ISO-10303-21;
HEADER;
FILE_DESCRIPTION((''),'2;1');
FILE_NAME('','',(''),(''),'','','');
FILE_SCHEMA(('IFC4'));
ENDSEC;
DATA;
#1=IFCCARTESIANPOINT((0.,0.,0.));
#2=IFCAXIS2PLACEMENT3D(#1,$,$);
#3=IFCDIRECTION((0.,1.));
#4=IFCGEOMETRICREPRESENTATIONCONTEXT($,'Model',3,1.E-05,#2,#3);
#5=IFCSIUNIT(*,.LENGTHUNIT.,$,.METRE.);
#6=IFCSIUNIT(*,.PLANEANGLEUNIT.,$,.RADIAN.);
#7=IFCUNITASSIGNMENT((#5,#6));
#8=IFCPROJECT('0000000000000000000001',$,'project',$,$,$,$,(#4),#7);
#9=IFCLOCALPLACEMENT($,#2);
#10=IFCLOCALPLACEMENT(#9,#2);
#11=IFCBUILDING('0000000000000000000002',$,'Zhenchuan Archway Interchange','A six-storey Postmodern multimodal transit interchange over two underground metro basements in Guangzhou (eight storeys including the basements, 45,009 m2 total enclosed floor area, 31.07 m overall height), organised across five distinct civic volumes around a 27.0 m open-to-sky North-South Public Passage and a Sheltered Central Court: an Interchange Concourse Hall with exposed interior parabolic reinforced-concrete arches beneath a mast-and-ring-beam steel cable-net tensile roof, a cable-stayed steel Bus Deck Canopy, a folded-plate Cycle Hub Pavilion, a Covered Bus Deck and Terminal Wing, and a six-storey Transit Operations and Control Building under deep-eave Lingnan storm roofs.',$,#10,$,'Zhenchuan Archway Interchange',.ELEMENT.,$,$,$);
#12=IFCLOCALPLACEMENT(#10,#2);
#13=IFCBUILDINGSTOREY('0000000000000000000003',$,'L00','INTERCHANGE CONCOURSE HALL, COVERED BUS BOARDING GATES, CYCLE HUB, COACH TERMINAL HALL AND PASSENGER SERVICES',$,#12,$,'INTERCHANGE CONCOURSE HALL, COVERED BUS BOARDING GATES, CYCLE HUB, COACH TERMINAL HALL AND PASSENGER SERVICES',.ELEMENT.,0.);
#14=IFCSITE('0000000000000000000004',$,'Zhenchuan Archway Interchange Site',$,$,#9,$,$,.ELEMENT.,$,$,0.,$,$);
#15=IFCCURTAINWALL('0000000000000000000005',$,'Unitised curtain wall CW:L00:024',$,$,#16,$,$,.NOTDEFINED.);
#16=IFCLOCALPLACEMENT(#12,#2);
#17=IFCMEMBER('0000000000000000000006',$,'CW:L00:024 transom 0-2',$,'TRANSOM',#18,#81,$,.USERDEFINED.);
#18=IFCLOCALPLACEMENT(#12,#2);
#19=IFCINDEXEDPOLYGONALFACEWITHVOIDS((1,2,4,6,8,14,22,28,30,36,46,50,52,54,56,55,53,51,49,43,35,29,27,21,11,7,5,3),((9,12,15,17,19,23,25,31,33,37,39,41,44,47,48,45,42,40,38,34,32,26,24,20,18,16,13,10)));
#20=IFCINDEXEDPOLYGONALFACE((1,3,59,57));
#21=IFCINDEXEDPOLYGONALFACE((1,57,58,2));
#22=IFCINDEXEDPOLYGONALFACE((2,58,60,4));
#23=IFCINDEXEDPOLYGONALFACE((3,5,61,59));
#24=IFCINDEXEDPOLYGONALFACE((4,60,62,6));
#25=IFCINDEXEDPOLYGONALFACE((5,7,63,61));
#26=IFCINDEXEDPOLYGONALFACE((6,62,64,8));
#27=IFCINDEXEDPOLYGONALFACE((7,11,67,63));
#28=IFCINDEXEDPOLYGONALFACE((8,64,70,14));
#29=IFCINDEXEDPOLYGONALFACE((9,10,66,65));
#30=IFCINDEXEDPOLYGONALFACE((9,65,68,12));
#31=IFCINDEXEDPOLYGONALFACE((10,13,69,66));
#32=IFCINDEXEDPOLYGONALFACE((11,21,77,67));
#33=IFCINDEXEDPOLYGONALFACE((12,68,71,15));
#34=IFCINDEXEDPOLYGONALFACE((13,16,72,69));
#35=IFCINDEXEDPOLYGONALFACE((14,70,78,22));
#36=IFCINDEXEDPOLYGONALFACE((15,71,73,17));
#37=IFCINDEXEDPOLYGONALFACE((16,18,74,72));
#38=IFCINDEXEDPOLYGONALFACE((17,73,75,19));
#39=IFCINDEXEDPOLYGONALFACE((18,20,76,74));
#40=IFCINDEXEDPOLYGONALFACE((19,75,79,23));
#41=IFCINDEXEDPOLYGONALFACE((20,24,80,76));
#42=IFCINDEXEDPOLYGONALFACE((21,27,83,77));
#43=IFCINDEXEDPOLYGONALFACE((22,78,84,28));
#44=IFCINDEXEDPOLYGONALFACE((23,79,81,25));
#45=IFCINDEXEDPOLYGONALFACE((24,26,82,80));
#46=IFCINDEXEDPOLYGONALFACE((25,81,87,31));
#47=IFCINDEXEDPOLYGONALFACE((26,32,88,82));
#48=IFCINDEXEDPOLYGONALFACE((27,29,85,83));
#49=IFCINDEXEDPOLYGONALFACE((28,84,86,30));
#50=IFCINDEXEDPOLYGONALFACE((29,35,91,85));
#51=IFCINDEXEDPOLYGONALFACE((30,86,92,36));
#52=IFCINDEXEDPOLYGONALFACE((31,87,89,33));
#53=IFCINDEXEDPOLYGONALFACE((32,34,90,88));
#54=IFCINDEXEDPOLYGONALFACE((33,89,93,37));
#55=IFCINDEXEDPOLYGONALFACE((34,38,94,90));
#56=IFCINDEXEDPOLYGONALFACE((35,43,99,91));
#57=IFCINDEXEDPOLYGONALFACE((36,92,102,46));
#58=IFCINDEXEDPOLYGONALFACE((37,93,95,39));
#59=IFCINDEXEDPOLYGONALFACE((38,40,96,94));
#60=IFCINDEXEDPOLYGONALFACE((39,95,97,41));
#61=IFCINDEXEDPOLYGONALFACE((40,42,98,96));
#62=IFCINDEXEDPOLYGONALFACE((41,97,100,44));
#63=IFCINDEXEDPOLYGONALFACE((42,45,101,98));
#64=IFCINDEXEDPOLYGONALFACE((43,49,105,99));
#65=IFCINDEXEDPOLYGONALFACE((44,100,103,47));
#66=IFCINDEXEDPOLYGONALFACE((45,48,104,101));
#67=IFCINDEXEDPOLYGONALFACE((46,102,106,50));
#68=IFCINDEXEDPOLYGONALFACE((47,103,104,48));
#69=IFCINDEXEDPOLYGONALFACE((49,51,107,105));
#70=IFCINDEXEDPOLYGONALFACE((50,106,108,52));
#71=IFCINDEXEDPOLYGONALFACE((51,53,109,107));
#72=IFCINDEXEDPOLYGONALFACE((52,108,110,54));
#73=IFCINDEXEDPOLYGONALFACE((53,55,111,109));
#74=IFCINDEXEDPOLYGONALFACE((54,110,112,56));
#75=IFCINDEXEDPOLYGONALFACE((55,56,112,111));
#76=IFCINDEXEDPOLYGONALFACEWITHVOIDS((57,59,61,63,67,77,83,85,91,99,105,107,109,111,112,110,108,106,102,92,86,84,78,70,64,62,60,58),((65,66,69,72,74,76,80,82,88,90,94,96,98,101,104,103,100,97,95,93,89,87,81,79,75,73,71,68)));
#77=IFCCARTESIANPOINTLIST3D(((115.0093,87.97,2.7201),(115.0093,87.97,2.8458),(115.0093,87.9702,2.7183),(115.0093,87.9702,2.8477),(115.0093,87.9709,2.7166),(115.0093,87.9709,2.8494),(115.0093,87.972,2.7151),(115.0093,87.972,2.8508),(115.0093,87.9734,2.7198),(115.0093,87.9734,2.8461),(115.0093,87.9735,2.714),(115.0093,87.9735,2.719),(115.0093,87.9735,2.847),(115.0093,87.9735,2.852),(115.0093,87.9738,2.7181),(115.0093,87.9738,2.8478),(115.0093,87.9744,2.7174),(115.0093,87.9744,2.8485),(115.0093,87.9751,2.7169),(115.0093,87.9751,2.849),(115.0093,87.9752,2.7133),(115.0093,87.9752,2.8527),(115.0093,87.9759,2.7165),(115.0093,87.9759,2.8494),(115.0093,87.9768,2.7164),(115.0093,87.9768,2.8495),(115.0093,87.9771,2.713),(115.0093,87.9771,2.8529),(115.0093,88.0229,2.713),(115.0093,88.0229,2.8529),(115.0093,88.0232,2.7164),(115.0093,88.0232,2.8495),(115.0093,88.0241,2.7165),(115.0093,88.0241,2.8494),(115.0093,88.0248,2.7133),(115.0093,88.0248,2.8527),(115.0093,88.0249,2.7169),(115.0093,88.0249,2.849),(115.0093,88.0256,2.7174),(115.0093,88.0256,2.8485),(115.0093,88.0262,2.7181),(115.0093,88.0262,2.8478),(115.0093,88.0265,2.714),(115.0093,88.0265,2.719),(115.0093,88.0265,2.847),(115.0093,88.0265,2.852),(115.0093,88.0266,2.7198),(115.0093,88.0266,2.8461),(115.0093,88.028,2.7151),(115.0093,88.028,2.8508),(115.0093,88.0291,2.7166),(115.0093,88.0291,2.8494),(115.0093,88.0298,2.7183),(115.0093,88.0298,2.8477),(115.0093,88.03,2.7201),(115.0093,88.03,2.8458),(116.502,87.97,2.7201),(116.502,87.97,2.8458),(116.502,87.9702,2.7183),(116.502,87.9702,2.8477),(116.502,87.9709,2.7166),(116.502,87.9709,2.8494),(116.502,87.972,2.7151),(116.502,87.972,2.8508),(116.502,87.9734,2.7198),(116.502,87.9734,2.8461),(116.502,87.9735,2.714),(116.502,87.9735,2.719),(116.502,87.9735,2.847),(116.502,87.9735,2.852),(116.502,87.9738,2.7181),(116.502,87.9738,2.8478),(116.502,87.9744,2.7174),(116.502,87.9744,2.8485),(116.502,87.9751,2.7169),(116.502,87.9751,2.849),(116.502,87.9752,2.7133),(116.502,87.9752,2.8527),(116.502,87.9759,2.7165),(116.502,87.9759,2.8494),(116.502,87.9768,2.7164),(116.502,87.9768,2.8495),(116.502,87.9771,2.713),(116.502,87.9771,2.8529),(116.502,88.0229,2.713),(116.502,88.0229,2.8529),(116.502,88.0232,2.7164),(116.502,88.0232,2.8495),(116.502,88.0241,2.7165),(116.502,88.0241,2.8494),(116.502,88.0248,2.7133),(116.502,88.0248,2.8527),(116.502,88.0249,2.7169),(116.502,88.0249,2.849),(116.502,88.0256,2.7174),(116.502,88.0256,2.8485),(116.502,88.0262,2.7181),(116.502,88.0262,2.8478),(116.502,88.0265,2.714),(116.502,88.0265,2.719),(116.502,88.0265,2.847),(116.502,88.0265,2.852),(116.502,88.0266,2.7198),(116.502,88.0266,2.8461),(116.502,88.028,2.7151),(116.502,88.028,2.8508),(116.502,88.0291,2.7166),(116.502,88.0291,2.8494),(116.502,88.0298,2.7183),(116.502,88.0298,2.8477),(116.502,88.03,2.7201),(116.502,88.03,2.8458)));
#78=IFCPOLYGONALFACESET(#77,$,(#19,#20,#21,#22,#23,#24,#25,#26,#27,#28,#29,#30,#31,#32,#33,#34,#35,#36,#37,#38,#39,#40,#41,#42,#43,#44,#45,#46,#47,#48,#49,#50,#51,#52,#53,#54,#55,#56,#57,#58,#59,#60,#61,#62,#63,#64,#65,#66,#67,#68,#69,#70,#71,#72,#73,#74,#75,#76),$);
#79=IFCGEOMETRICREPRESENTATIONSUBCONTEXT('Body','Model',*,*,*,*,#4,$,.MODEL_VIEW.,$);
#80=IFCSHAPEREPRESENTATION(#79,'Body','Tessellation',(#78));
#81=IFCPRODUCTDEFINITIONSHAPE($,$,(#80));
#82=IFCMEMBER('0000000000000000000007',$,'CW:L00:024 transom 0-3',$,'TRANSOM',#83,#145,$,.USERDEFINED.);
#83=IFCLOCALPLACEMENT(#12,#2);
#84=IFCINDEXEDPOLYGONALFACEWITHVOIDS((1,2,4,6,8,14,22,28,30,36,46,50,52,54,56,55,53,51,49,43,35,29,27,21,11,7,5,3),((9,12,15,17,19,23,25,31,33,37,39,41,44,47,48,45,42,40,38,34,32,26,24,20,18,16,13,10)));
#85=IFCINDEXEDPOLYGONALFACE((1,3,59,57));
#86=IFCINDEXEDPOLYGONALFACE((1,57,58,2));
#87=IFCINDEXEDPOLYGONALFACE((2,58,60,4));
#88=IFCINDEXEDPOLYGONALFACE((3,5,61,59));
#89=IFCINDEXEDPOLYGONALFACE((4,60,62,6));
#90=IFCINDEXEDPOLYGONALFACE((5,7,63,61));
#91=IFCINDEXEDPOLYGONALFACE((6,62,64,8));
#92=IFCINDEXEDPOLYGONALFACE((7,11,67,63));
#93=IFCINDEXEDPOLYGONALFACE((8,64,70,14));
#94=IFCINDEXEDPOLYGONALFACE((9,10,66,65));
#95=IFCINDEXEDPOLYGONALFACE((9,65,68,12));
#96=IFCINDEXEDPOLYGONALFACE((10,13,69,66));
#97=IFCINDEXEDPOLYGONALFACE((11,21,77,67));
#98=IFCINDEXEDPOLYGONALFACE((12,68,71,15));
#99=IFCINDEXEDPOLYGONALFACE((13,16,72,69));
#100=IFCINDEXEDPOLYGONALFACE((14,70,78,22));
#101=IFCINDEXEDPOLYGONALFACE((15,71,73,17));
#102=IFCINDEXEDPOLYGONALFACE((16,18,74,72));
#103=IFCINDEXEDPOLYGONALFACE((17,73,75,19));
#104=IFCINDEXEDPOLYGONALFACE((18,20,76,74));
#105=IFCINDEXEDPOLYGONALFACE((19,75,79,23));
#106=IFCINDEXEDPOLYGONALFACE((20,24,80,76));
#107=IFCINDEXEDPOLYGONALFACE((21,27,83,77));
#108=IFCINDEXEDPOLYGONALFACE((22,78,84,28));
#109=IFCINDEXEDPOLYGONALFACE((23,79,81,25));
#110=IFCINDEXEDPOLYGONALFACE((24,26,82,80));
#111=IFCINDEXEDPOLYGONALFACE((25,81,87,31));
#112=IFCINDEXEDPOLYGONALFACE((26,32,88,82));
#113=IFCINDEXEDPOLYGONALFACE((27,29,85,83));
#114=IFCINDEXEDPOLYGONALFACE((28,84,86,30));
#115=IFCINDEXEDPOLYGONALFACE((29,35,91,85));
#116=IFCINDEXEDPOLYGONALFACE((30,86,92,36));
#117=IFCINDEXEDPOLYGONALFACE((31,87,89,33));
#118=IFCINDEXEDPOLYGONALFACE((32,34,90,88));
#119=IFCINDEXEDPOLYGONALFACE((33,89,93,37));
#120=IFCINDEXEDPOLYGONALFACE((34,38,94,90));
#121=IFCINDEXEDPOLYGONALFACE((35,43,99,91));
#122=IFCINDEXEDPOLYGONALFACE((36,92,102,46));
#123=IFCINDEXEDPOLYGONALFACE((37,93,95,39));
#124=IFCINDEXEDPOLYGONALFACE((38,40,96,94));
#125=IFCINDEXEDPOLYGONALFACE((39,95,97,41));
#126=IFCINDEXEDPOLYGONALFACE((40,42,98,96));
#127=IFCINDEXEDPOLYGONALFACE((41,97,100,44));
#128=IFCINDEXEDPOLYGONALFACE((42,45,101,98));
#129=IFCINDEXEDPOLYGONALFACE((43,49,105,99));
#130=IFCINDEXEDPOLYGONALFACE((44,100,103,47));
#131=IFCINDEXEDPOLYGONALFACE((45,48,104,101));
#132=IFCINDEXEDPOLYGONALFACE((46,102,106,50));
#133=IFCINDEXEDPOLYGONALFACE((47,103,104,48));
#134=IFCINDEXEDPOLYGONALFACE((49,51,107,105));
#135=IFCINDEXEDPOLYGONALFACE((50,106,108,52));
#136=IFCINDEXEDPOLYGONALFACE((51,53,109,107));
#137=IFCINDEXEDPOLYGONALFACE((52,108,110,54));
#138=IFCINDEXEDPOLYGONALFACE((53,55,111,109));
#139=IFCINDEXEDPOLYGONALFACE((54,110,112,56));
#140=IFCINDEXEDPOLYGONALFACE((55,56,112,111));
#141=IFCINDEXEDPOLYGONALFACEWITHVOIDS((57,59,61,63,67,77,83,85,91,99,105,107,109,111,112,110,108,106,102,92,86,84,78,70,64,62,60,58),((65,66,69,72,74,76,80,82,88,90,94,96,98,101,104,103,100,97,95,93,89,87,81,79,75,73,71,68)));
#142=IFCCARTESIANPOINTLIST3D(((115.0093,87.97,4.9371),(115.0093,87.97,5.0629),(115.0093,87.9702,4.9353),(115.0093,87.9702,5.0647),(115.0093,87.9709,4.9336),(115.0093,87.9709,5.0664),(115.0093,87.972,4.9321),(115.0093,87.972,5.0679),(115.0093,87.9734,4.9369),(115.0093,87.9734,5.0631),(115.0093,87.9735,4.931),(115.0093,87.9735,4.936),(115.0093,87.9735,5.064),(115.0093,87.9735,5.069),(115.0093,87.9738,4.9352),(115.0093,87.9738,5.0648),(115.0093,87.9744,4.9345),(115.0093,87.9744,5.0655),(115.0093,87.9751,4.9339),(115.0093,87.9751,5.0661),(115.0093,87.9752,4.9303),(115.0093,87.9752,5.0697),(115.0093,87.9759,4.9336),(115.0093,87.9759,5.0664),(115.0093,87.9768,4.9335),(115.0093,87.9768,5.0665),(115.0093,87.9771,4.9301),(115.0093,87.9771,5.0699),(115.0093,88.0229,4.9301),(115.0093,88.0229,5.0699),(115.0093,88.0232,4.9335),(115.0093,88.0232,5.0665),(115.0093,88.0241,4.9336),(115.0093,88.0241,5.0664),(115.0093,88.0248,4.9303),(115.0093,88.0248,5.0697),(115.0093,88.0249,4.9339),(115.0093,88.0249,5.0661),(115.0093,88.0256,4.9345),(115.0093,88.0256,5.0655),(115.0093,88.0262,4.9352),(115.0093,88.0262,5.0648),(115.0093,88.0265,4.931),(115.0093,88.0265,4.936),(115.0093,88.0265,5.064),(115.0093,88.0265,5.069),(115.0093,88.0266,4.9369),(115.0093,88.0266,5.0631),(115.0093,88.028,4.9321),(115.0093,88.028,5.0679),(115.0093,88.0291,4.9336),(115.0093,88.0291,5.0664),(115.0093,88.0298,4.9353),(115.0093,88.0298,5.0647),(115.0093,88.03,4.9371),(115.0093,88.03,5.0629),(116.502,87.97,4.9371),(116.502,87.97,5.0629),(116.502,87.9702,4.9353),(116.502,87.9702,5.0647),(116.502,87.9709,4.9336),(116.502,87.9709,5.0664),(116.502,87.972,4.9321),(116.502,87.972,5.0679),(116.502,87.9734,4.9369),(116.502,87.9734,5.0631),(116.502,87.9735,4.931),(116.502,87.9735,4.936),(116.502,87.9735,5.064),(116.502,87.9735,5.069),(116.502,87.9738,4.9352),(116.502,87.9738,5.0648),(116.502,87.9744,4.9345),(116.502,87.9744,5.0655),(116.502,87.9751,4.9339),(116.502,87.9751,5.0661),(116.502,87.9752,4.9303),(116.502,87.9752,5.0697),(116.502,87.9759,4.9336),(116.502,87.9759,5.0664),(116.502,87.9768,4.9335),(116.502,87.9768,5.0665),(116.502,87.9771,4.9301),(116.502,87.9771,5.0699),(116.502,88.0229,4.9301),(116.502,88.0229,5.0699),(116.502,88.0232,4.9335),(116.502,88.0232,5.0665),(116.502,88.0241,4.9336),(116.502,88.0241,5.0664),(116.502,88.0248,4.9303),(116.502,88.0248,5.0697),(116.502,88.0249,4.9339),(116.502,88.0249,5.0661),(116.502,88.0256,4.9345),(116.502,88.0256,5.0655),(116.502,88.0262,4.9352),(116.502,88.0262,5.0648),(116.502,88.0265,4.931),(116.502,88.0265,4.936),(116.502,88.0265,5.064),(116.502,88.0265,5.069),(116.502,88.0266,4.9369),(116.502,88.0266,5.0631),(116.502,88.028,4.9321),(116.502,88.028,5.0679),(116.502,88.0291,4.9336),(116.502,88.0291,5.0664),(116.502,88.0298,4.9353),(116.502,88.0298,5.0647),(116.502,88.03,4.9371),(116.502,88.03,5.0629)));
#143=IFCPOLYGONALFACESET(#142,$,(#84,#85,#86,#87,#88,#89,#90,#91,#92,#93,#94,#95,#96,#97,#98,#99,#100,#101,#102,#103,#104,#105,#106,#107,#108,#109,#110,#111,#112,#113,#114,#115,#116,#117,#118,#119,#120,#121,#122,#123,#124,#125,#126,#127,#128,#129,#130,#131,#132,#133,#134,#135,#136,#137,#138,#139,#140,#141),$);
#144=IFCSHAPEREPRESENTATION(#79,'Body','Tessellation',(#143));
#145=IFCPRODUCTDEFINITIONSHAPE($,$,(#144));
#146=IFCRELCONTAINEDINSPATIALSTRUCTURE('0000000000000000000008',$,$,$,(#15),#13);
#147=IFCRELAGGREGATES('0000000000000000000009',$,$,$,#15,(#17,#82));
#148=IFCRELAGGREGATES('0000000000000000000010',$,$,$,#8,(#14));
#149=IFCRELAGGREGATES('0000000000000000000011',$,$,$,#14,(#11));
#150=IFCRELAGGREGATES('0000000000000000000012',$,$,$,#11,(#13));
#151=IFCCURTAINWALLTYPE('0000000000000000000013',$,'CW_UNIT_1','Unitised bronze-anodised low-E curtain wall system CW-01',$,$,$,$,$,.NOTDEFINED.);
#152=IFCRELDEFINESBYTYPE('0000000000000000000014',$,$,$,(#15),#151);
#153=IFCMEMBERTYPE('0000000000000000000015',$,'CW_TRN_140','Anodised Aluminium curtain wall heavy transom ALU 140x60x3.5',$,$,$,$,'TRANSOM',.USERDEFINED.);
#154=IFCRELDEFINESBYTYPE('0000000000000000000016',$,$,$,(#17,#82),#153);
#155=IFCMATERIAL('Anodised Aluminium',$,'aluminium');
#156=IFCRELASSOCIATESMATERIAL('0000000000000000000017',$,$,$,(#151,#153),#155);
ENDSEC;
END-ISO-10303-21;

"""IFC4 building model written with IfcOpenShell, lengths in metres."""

from ifc_helpers import new_model, si_unit, direction, frame, origin, origin_2d, place, context, subcontext, project, spatial, hollow_rectangle, extrude, material, material_profile, profile_set, type_object, element, aggregate, save


model = new_model("IFC4")

# Units and contexts
model_context = context("Model", 3, precision=1e-05, world=origin(), true_north=direction((0.0, 1.0)))
body_context = subcontext(model_context, "Body", "Model", "MODEL_VIEW")
ifc_project = project(units=[si_unit("LENGTHUNIT", "METRE"), si_unit("PLANEANGLEUNIT", "RADIAN")], contexts=[model_context])

# Site, building, storey
site_placement = place(None, origin())
site = spatial("IfcSite", under=ifc_project, at=site_placement, Name="Zhenchuan Archway Interchange Site", CompositionType="ELEMENT", RefElevation=0.0)
building_placement = place(site_placement, origin())
building = spatial("IfcBuilding", under=site, at=building_placement, Name="Zhenchuan Archway Interchange", Description="A six-storey Postmodern multimodal transit interchange over two underground metro basements in Guangzhou (eight storeys including the basements, 45,009 m2 total enclosed floor area, 31.07 m overall height), organised across five distinct civic volumes around a 27.0 m open-to-sky North-South Public Passage and a Sheltered Central Court: an Interchange Concourse Hall with exposed interior parabolic reinforced-concrete arches beneath a mast-and-ring-beam steel cable-net tensile roof, a cable-stayed steel Bus Deck Canopy, a folded-plate Cycle Hub Pavilion, a Covered Bus Deck and Terminal Wing, and a six-storey Transit Operations and Control Building under deep-eave Lingnan storm roofs.", LongName="Zhenchuan Archway Interchange", CompositionType="ELEMENT")
storey_placement = place(building_placement, origin())
storey = spatial("IfcBuildingStorey", under=building, at=storey_placement, Name="L00", Description="INTERCHANGE CONCOURSE HALL, COVERED BUS BOARDING GATES, CYCLE HUB, COACH TERMINAL HALL AND PASSENGER SERVICES", LongName="INTERCHANGE CONCOURSE HALL, COVERED BUS BOARDING GATES, CYCLE HUB, COACH TERMINAL HALL AND PASSENGER SERVICES", CompositionType="ELEMENT", Elevation=0.0)

# Curtain wall, members
ifc_material_1 = material(Name="Anodised Aluminium", Category="aluminium")
curtain_wall_type = type_object("IfcCurtainWallType", Name="CW_UNIT_1", Description="Unitised bronze-anodised low-E curtain wall system CW-01", PredefinedType="NOTDEFINED", material=ifc_material_1)
curtain_wall_placement = place(storey_placement, origin())
curtain_wall = element("IfcCurtainWall", 1, at=curtain_wall_placement, inside=storey, type_object=curtain_wall_type, Name="Unitised curtain wall CW:L00:024", PredefinedType="NOTDEFINED")
ifc_material_profile_1 = material_profile(ifc_material_1, hollow_rectangle(XDim=0.0601, YDim=0.1399, WallThickness=0.0034, InnerFilletRadius=0.0034, OuterFilletRadius=0.0071, at=origin_2d()), Name="ALU 140x60x3.5")
ifc_profile_set_1 = profile_set([ifc_material_profile_1], Name="Anodised Aluminium")
member_type_1 = type_object("IfcMemberType", Name="CW_TRN_140", Description="Anodised Aluminium curtain wall heavy transom ALU 140x60x3.5", ElementType="TRANSOM", PredefinedType="USERDEFINED", material=ifc_profile_set_1)
member_1_placement = place(storey_placement, frame((116.502, 88.0, 2.783), z_axis=(-1.0, 0.0, 0.0), x_axis=(0.0, -1.0, 0.0)))
member_1 = element("IfcMember", 2, at=member_1_placement, type_object=member_type_1, Name="CW:L00:024 transom 0-2", ObjectType="TRANSOM", PredefinedType="USERDEFINED", context=body_context, shape_type="SweptSolid", body=[
    extrude(hollow_rectangle(XDim=0.0601, YDim=0.1399, WallThickness=0.0034, InnerFilletRadius=0.0034, OuterFilletRadius=0.0071, at=origin_2d()), origin(), (0.0, 0.0, 1.0), 1.4927),
])
member_2_placement = place(storey_placement, frame((116.502, 88.0, 5.0), z_axis=(-1.0, 0.0, 0.0), x_axis=(0.0, -1.0, 0.0)))
member_2 = element("IfcMember", 3, at=member_2_placement, type_object=member_type_1, Name="CW:L00:024 transom 0-3", ObjectType="TRANSOM", PredefinedType="USERDEFINED", context=body_context, shape_type="SweptSolid", body=[
    extrude(hollow_rectangle(XDim=0.0601, YDim=0.1399, WallThickness=0.0034, InnerFilletRadius=0.0034, OuterFilletRadius=0.0071, at=origin_2d()), origin(), (0.0, 0.0, 1.0), 1.4927),
])
aggregate(curtain_wall, [member_1, member_2])

save(model, "model.ifc")
